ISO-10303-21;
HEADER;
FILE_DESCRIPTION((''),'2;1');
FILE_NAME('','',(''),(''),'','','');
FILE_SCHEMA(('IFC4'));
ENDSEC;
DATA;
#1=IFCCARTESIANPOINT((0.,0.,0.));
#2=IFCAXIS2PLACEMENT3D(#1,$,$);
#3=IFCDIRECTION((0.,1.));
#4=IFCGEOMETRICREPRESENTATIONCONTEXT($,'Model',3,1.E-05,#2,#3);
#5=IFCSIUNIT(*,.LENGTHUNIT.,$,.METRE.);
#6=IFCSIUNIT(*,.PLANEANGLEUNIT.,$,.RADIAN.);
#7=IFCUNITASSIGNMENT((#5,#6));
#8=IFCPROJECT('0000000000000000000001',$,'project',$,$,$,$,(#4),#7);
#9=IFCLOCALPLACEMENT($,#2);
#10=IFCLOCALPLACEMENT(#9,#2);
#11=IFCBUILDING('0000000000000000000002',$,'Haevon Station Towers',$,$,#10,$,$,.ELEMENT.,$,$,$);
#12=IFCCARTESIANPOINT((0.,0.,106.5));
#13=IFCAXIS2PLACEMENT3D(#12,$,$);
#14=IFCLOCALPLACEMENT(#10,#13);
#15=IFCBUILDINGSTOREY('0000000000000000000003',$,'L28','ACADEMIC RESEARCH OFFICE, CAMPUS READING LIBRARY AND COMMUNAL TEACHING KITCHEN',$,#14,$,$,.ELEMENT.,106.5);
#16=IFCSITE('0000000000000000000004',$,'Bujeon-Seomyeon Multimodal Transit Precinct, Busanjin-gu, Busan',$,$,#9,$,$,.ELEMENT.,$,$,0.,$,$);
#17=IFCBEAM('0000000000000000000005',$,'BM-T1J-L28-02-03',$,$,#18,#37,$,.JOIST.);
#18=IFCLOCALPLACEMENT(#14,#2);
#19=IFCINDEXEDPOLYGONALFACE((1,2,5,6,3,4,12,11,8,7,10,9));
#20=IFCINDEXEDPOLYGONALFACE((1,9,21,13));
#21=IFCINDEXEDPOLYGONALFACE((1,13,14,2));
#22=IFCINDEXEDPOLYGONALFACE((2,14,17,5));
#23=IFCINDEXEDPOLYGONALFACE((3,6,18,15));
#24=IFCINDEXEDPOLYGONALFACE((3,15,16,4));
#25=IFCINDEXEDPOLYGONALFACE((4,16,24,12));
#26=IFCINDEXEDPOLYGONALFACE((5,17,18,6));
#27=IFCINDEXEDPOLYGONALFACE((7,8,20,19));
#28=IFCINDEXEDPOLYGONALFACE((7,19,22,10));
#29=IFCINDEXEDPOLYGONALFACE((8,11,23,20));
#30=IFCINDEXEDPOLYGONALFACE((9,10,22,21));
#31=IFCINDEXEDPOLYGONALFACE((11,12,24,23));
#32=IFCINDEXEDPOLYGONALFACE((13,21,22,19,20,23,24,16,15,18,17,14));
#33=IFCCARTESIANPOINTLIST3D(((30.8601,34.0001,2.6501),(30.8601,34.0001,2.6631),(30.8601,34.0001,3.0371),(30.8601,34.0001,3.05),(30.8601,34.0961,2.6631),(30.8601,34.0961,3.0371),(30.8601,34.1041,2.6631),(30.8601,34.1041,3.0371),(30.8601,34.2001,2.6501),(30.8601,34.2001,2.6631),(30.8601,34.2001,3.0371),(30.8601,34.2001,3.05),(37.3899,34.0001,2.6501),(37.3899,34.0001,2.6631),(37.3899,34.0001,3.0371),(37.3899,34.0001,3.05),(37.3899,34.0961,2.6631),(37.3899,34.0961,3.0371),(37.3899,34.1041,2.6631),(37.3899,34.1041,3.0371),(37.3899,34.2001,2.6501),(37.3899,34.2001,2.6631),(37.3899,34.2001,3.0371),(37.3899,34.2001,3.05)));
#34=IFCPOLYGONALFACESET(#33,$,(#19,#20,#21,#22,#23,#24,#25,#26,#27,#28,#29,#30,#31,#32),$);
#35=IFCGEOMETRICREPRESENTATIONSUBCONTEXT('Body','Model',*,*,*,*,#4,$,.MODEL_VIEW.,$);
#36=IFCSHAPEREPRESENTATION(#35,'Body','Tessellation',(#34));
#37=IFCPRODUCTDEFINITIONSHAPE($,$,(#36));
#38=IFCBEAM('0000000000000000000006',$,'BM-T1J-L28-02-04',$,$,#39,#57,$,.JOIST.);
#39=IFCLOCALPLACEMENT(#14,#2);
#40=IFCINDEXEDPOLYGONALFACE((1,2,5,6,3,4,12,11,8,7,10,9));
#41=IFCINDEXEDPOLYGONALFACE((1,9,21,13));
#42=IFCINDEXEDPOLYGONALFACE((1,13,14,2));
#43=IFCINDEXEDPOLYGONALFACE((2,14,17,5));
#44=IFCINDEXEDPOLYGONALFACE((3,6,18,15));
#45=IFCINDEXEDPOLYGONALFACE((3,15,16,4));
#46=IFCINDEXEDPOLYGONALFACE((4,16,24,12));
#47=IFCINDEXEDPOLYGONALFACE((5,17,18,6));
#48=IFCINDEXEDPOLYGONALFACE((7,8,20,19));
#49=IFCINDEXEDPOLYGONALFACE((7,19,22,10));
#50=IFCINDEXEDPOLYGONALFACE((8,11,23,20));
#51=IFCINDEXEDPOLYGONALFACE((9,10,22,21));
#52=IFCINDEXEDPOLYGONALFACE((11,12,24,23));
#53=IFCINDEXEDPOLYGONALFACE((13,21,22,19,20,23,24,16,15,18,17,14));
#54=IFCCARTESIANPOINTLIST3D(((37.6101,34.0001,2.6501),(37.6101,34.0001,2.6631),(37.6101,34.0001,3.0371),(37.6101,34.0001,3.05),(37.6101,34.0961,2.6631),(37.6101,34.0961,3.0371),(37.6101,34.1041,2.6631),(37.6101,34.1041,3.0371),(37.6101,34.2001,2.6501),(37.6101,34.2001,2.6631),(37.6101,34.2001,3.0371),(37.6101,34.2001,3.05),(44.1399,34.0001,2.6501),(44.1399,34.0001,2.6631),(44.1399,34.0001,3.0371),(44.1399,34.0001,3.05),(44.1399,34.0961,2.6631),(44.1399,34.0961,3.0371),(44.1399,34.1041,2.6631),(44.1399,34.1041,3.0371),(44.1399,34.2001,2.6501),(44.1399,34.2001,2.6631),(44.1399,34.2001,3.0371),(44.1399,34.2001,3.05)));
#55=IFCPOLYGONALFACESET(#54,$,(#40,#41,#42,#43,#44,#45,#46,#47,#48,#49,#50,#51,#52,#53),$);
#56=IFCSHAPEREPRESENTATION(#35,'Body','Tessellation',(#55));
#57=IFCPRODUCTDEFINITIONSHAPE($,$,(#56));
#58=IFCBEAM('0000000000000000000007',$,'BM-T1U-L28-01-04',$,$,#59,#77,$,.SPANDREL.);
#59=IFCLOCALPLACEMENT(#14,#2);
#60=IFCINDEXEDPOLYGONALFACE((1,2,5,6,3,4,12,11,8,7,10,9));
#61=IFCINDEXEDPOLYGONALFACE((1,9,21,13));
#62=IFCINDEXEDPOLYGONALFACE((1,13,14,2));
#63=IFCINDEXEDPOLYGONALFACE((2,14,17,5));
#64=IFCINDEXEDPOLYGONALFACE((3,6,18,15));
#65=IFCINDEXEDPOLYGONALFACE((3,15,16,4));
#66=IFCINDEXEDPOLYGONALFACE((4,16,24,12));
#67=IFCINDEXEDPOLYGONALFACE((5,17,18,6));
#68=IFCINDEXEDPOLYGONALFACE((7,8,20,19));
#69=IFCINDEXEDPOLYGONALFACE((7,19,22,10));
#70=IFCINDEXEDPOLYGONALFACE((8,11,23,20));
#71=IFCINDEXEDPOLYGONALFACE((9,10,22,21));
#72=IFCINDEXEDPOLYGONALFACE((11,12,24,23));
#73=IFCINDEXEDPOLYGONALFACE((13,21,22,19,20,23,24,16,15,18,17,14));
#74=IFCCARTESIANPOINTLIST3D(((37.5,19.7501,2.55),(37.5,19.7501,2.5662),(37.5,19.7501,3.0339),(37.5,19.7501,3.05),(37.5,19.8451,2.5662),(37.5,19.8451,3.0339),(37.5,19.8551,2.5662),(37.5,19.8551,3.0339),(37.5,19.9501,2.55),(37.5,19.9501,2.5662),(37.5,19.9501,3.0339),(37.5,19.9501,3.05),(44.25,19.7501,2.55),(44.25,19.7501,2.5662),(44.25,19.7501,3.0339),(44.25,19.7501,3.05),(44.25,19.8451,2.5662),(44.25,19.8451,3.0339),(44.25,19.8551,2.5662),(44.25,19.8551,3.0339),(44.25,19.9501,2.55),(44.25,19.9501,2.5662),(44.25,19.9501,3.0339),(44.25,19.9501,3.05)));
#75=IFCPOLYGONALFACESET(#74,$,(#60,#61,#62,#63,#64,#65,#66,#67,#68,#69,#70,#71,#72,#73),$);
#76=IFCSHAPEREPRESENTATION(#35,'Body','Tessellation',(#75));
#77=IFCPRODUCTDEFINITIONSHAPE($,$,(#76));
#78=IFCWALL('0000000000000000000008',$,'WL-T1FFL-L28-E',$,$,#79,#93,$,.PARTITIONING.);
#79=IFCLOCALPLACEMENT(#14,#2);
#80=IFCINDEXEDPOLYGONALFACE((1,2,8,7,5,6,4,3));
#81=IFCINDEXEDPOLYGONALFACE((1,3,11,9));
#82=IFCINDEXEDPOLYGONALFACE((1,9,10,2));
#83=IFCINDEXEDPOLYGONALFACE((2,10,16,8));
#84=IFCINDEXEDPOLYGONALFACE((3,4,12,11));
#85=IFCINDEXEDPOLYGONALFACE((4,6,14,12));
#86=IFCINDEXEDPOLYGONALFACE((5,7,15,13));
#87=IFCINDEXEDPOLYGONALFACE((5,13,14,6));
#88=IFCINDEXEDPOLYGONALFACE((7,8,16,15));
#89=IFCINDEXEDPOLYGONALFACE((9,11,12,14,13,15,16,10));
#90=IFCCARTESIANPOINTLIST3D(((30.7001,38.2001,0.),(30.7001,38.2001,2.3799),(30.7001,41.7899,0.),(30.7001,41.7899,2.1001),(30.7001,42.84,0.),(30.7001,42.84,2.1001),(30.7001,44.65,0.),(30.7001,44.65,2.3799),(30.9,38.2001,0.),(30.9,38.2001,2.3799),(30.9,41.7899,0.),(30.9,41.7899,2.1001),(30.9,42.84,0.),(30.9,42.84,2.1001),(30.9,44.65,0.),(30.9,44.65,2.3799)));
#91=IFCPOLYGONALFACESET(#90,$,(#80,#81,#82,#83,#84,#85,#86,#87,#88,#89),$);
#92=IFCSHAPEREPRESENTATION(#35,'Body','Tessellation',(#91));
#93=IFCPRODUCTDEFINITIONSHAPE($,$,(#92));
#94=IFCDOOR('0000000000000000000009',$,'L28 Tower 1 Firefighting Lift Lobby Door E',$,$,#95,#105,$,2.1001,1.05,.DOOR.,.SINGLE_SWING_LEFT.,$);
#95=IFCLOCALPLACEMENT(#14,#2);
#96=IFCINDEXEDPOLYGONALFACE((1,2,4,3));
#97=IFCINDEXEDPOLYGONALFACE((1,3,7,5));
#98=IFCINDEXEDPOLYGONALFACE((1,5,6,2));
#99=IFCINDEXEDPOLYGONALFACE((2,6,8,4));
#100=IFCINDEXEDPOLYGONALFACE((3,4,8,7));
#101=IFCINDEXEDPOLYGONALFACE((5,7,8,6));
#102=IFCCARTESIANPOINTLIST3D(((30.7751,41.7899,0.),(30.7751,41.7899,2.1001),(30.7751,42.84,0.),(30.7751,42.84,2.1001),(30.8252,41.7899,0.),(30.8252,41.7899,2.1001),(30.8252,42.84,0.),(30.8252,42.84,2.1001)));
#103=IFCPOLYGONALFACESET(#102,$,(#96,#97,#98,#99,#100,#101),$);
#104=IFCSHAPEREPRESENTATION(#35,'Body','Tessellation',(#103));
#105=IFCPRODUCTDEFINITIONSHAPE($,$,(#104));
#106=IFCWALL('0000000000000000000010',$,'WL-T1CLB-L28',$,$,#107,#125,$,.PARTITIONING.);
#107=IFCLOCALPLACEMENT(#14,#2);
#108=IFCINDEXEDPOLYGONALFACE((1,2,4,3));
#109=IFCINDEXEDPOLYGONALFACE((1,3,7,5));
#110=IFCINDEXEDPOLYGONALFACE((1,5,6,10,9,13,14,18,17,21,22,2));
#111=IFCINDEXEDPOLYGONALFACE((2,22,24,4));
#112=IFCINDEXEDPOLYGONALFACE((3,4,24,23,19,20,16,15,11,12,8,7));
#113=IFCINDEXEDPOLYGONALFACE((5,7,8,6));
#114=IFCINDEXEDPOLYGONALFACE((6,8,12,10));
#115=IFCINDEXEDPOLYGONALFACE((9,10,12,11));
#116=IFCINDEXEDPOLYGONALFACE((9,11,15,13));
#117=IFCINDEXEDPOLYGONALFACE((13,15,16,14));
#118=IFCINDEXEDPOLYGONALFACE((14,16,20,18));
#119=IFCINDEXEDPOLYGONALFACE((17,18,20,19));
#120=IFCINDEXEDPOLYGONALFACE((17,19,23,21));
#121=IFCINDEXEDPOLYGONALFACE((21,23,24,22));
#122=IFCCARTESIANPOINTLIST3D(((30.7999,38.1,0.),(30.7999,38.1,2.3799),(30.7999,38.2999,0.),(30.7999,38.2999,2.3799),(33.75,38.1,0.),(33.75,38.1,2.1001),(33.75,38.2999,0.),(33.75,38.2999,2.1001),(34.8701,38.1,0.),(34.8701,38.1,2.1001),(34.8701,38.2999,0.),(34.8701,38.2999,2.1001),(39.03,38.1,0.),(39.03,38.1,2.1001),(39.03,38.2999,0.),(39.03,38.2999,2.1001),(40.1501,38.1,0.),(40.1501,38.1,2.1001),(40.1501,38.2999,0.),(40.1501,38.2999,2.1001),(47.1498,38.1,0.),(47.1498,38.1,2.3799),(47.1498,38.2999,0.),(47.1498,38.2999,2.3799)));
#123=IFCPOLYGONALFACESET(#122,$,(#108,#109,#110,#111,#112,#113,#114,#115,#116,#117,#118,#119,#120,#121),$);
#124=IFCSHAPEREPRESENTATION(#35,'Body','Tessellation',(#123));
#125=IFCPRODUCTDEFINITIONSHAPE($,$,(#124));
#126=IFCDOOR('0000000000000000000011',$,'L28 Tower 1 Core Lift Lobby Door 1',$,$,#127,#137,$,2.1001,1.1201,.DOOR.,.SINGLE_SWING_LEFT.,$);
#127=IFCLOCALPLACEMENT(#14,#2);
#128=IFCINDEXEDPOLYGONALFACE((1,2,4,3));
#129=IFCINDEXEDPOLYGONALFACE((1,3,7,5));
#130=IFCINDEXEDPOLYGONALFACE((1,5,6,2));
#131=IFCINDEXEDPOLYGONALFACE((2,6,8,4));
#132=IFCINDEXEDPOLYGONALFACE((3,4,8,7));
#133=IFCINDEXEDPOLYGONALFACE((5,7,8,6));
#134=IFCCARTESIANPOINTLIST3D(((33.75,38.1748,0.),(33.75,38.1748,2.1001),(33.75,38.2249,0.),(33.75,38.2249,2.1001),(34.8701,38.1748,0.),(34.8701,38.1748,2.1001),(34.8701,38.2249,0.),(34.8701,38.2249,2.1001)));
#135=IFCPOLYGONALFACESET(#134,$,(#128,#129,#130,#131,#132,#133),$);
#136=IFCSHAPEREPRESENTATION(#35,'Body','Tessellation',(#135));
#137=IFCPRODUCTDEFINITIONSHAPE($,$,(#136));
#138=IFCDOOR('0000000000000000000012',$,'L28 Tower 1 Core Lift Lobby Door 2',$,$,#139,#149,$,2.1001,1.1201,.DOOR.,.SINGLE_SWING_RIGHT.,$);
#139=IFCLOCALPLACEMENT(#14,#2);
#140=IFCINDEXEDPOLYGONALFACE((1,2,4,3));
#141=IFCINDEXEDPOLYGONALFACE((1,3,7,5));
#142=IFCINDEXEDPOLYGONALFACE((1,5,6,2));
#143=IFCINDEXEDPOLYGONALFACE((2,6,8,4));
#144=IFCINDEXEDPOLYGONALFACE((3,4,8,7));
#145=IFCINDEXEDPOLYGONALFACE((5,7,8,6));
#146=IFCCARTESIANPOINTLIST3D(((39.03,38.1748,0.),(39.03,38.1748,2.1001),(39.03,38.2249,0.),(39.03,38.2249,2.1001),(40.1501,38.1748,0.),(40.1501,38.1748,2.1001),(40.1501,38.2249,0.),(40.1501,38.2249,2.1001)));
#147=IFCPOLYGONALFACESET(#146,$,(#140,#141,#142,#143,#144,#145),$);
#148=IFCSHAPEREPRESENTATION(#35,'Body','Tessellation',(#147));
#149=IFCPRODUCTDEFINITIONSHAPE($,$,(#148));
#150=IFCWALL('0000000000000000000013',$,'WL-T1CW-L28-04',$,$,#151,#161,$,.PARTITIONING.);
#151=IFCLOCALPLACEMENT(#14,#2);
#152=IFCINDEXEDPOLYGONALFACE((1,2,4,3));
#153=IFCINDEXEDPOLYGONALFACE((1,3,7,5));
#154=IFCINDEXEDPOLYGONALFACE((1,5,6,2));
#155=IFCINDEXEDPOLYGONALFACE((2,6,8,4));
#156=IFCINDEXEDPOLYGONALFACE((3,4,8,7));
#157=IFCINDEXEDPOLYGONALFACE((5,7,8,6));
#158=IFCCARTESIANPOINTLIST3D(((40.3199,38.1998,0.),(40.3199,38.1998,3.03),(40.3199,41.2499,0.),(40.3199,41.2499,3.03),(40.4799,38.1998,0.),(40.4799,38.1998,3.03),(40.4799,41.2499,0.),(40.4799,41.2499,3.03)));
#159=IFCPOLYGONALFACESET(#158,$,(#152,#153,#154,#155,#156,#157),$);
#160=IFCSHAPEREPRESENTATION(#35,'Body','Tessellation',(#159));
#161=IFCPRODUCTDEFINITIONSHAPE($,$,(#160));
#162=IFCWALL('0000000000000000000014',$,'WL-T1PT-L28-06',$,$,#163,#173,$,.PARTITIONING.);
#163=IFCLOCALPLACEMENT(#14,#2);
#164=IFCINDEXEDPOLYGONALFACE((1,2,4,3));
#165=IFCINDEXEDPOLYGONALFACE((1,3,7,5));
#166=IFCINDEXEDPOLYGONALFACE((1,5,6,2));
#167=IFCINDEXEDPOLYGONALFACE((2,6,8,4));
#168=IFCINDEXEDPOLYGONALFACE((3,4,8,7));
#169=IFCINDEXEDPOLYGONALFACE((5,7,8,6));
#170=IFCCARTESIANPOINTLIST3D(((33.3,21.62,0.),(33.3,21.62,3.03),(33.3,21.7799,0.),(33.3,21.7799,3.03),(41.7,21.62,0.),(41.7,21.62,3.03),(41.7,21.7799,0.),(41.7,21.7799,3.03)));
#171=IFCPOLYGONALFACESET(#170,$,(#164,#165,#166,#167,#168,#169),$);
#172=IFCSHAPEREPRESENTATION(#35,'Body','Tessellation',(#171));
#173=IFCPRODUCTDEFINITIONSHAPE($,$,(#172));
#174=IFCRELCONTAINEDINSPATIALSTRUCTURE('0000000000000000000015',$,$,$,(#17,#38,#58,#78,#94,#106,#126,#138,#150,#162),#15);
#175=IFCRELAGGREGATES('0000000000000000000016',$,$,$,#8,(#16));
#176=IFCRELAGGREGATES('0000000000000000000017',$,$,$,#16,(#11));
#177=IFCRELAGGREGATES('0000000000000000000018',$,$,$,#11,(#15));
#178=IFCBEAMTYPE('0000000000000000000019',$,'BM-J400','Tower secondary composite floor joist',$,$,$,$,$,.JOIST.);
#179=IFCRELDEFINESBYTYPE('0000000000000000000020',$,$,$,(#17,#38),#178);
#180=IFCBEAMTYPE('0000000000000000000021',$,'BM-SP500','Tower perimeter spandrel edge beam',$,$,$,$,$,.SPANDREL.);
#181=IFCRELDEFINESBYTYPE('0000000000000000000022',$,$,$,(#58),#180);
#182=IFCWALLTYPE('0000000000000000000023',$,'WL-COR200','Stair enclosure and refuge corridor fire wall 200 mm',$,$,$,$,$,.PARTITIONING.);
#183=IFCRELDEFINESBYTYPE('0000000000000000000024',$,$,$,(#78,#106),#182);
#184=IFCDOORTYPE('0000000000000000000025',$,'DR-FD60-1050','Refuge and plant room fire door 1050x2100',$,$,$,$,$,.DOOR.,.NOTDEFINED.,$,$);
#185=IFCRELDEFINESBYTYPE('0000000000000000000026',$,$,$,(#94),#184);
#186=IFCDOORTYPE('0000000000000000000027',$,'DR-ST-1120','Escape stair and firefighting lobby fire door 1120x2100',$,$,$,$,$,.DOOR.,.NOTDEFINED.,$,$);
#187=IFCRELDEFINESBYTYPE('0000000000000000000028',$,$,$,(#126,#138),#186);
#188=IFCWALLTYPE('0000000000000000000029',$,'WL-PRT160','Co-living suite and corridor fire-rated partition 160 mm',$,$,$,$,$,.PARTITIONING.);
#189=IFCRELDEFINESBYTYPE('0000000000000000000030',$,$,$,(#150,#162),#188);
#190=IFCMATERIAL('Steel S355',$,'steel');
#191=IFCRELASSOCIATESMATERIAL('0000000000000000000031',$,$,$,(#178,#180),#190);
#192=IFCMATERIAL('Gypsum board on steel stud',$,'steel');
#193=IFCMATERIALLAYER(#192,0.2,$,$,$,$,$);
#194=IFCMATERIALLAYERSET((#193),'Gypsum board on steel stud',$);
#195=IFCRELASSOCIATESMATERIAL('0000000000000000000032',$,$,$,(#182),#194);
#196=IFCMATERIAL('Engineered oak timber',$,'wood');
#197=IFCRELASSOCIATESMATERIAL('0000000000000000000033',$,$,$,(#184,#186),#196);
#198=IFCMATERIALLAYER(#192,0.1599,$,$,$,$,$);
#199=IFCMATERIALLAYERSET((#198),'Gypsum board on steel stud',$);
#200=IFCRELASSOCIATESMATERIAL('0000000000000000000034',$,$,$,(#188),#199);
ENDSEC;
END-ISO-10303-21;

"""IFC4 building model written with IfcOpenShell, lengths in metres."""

from ifc_helpers import new_model, si_unit, direction, frame, frame_2d, origin, origin_2d, place, context, subcontext, project, spatial, rectangle, i_section, extrude, material, layer, layer_set, material_profile, profile_set, type_object, element, fill, save


model = new_model("IFC4")

# Units and contexts
model_context = context("Model", 3, precision=1e-05, world=origin(), true_north=direction((0.0, 1.0)))
body_context = subcontext(model_context, "Body", "Model", "MODEL_VIEW")
ifc_project = project(units=[si_unit("LENGTHUNIT", "METRE"), si_unit("PLANEANGLEUNIT", "RADIAN")], contexts=[model_context])

# Site, building, storey
site_placement = place(None, origin())
site = spatial("IfcSite", under=ifc_project, at=site_placement, Name="Bujeon-Seomyeon Multimodal Transit Precinct, Busanjin-gu, Busan", CompositionType="ELEMENT", RefElevation=0.0)
building_placement = place(site_placement, origin())
building = spatial("IfcBuilding", under=site, at=building_placement, Name="Haevon Station Towers", CompositionType="ELEMENT")
storey_placement = place(building_placement, frame((0.0, 0.0, 106.5)))
storey = spatial("IfcBuildingStorey", under=building, at=storey_placement, Name="L28", Description="ACADEMIC RESEARCH OFFICE, CAMPUS READING LIBRARY AND COMMUNAL TEACHING KITCHEN", CompositionType="ELEMENT", Elevation=106.5)

# Beams
ifc_material_1 = material(Name="Steel S355", Category="steel")
ifc_material_profile_1 = material_profile(ifc_material_1, i_section(OverallWidth=0.2, OverallDepth=0.3999, WebThickness=0.0081, FlangeThickness=0.0129, at=origin_2d()), Name="H-400x200x8x13")
ifc_profile_set_1 = profile_set([ifc_material_profile_1], Name="Steel S355")
beam_type_1 = type_object("IfcBeamType", Name="BM-J400", Description="Tower secondary composite floor joist", PredefinedType="JOIST", material=ifc_profile_set_1)
for number, where, z_axis, x_axis, name in (
    (1, (30.8601, 34.1001, 2.8501), (1.0, 0.0, 0.0), (0.0, 1.0, 0.0), "BM-T1J-L28-02-03"),
    (2, (37.6101, 34.1001, 2.8501), (1.0, 0.0, 0.0), (0.0, 1.0, 0.0), "BM-T1J-L28-02-04"),
):
    element("IfcBeam", number, at=place(storey_placement, frame(where, z_axis=z_axis, x_axis=x_axis)), inside=storey, type_object=beam_type_1, Name=name, PredefinedType="JOIST", context=body_context, shape_type="SweptSolid", body=[
        extrude(i_section(OverallWidth=0.2, OverallDepth=0.3999, WebThickness=0.0081, FlangeThickness=0.0129, at=origin_2d()), origin(), (0.0, 0.0, 1.0), 6.5298),
    ])
ifc_material_profile_2 = material_profile(ifc_material_1, i_section(OverallWidth=0.2, OverallDepth=0.5, WebThickness=0.01, FlangeThickness=0.0161, at=origin_2d()), Name="H-500x200x10x16")
ifc_profile_set_2 = profile_set([ifc_material_profile_2], Name="Steel S355")
beam_type_2 = type_object("IfcBeamType", Name="BM-SP500", Description="Tower perimeter spandrel edge beam", PredefinedType="SPANDREL", material=ifc_profile_set_2)
beam_1_placement = place(storey_placement, frame((37.5, 19.8501, 2.8), z_axis=(1.0, 0.0, 0.0), x_axis=(0.0, 1.0, 0.0)))
element("IfcBeam", 3, at=beam_1_placement, inside=storey, type_object=beam_type_2, Name="BM-T1U-L28-01-04", PredefinedType="SPANDREL", context=body_context, shape_type="SweptSolid", body=[
    extrude(i_section(OverallWidth=0.2, OverallDepth=0.5, WebThickness=0.01, FlangeThickness=0.0161, at=origin_2d()), origin(), (0.0, 0.0, 1.0), 6.75),
])

# Wall, opening, door
ifc_material_2 = material(Name="Gypsum board on steel stud", Category="steel")
ifc_layer_1 = layer(ifc_material_2, 0.2)
ifc_layer_set_1 = layer_set([ifc_layer_1], Name="Gypsum board on steel stud")
wall_type_1 = type_object("IfcWallType", Name="WL-COR200", Description="Stair enclosure and refuge corridor fire wall 200 mm", PredefinedType="PARTITIONING", material=ifc_layer_set_1)
wall_1_placement = place(storey_placement, frame((30.8, 38.2, 0.0), z_axis=(0.0, 0.0, 1.0), x_axis=(0.0, 1.0, 0.0)))
wall_1 = element("IfcWall", 4, at=wall_1_placement, inside=storey, type_object=wall_type_1, Name="WL-T1FFL-L28-E", PredefinedType="PARTITIONING", context=body_context, shape_type="SweptSolid", body=[
    extrude(rectangle(XDim=6.45, YDim=0.2, at=frame_2d((3.2251, 0.0))), origin(), (0.0, 0.0, 1.0), 2.3799),
])
opening_1_placement = place(wall_1_placement, frame((3.5901, 0.0, 0.0)))
opening_1 = element("IfcOpeningElement", 5, at=opening_1_placement, cuts=wall_1, PredefinedType="OPENING", context=body_context, shape_type="SweptSolid", body=[
    extrude(rectangle(XDim=1.05, YDim=2.1001, at=frame_2d((0.5249, 1.05))), frame((0.0, 0.1099, 0.0), z_axis=(0.0, -1.0, 0.0), x_axis=(1.0, 0.0, 0.0)), (0.0, 0.0, 1.0), 0.22),
])
ifc_material_3 = material(Name="Engineered oak timber", Category="wood")
door_type_1 = type_object("IfcDoorType", Name="DR-FD60-1050", Description="Refuge and plant room fire door 1050x2100", OperationType="NOTDEFINED", PredefinedType="DOOR", material=ifc_material_3)
door_1_placement = place(opening_1_placement, origin())
door_1 = element("IfcDoor", 6, at=door_1_placement, inside=storey, type_object=door_type_1, Name="L28 Tower 1 Firefighting Lift Lobby Door E", OperationType="SINGLE_SWING_LEFT", OverallHeight=2.1001, OverallWidth=1.05, PredefinedType="DOOR", context=body_context, shape_type="SweptSolid", body=[
    extrude(rectangle(XDim=1.05, YDim=2.1001, at=frame_2d((0.5249, 1.05))), frame((0.0, 0.0249, 0.0), z_axis=(0.0, -1.0, 0.0), x_axis=(1.0, 0.0, 0.0)), (0.0, 0.0, 1.0), 0.05),
])
fill(opening_1, door_1)

# Wall, openings, doors
wall_2_placement = place(storey_placement, frame((30.8, 38.2, 0.0), z_axis=(0.0, 0.0, 1.0), x_axis=(1.0, 0.0, 0.0)))
wall_2 = element("IfcWall", 7, at=wall_2_placement, inside=storey, type_object=wall_type_1, Name="WL-T1CLB-L28", PredefinedType="PARTITIONING", context=body_context, shape_type="SweptSolid", body=[
    extrude(rectangle(XDim=16.3499, YDim=0.2, at=frame_2d((8.1748, 0.0))), origin(), (0.0, 0.0, 1.0), 2.3799),
])
opening_2_placement = place(wall_2_placement, frame((2.95, 0.0, 0.0)))
opening_2 = element("IfcOpeningElement", 8, at=opening_2_placement, cuts=wall_2, PredefinedType="OPENING", context=body_context, shape_type="SweptSolid", body=[
    extrude(rectangle(XDim=1.1201, YDim=2.1001, at=frame_2d((0.5601, 1.05))), frame((0.0, 0.1099, 0.0), z_axis=(0.0, -1.0, 0.0), x_axis=(1.0, 0.0, 0.0)), (0.0, 0.0, 1.0), 0.22),
])
opening_3_placement = place(wall_2_placement, frame((8.23, 0.0, 0.0)))
opening_3 = element("IfcOpeningElement", 9, at=opening_3_placement, cuts=wall_2, PredefinedType="OPENING", context=body_context, shape_type="SweptSolid", body=[
    extrude(rectangle(XDim=1.1201, YDim=2.1001, at=frame_2d((0.5601, 1.05))), frame((0.0, 0.1099, 0.0), z_axis=(0.0, -1.0, 0.0), x_axis=(1.0, 0.0, 0.0)), (0.0, 0.0, 1.0), 0.22),
])
door_type_2 = type_object("IfcDoorType", Name="DR-ST-1120", Description="Escape stair and firefighting lobby fire door 1120x2100", OperationType="NOTDEFINED", PredefinedType="DOOR", material=ifc_material_3)
door_2_placement = place(opening_2_placement, origin())
door_2 = element("IfcDoor", 10, at=door_2_placement, inside=storey, type_object=door_type_2, Name="L28 Tower 1 Core Lift Lobby Door 1", OperationType="SINGLE_SWING_LEFT", OverallHeight=2.1001, OverallWidth=1.1201, PredefinedType="DOOR", context=body_context, shape_type="SweptSolid", body=[
    extrude(rectangle(XDim=1.1201, YDim=2.1001, at=frame_2d((0.5601, 1.05))), frame((0.0, 0.0249, 0.0), z_axis=(0.0, -1.0, 0.0), x_axis=(1.0, 0.0, 0.0)), (0.0, 0.0, 1.0), 0.05),
])
fill(opening_2, door_2)
door_3_placement = place(opening_3_placement, origin())
door_3 = element("IfcDoor", 11, at=door_3_placement, inside=storey, type_object=door_type_2, Name="L28 Tower 1 Core Lift Lobby Door 2", OperationType="SINGLE_SWING_RIGHT", OverallHeight=2.1001, OverallWidth=1.1201, PredefinedType="DOOR", context=body_context, shape_type="SweptSolid", body=[
    extrude(rectangle(XDim=1.1201, YDim=2.1001, at=frame_2d((0.5601, 1.05))), frame((0.0, 0.0249, 0.0), z_axis=(0.0, -1.0, 0.0), x_axis=(1.0, 0.0, 0.0)), (0.0, 0.0, 1.0), 0.05),
])
fill(opening_3, door_3)

# Walls
ifc_layer_2 = layer(ifc_material_2, 0.1599)
ifc_layer_set_2 = layer_set([ifc_layer_2], Name="Gypsum board on steel stud")
wall_type_2 = type_object("IfcWallType", Name="WL-PRT160", Description="Co-living suite and corridor fire-rated partition 160 mm", PredefinedType="PARTITIONING", material=ifc_layer_set_2)
wall_3_placement = place(storey_placement, frame((40.3999, 38.2, 0.0), z_axis=(0.0, 0.0, 1.0), x_axis=(0.0, 1.0, 0.0)))
element("IfcWall", 12, at=wall_3_placement, inside=storey, type_object=wall_type_2, Name="WL-T1CW-L28-04", PredefinedType="PARTITIONING", context=body_context, shape_type="SweptSolid", body=[
    extrude(rectangle(XDim=3.05, YDim=0.1599, at=frame_2d((1.5249, 0.0))), origin(), (0.0, 0.0, 1.0), 3.03),
])
for number, where, z_axis, x_axis, name in (
    (13, (33.3, 21.7, 0.0), (0.0, 0.0, 1.0), (1.0, 0.0, 0.0), "WL-T1PT-L28-06"),
):
    element("IfcWall", number, at=place(storey_placement, frame(where, z_axis=z_axis, x_axis=x_axis)), inside=storey, type_object=wall_type_2, Name=name, PredefinedType="PARTITIONING", context=body_context, shape_type="SweptSolid", body=[
        extrude(rectangle(XDim=8.3999, YDim=0.1599, at=frame_2d((4.2, 0.0))), origin(), (0.0, 0.0, 1.0), 3.03),
    ])

save(model, "model.ifc")
